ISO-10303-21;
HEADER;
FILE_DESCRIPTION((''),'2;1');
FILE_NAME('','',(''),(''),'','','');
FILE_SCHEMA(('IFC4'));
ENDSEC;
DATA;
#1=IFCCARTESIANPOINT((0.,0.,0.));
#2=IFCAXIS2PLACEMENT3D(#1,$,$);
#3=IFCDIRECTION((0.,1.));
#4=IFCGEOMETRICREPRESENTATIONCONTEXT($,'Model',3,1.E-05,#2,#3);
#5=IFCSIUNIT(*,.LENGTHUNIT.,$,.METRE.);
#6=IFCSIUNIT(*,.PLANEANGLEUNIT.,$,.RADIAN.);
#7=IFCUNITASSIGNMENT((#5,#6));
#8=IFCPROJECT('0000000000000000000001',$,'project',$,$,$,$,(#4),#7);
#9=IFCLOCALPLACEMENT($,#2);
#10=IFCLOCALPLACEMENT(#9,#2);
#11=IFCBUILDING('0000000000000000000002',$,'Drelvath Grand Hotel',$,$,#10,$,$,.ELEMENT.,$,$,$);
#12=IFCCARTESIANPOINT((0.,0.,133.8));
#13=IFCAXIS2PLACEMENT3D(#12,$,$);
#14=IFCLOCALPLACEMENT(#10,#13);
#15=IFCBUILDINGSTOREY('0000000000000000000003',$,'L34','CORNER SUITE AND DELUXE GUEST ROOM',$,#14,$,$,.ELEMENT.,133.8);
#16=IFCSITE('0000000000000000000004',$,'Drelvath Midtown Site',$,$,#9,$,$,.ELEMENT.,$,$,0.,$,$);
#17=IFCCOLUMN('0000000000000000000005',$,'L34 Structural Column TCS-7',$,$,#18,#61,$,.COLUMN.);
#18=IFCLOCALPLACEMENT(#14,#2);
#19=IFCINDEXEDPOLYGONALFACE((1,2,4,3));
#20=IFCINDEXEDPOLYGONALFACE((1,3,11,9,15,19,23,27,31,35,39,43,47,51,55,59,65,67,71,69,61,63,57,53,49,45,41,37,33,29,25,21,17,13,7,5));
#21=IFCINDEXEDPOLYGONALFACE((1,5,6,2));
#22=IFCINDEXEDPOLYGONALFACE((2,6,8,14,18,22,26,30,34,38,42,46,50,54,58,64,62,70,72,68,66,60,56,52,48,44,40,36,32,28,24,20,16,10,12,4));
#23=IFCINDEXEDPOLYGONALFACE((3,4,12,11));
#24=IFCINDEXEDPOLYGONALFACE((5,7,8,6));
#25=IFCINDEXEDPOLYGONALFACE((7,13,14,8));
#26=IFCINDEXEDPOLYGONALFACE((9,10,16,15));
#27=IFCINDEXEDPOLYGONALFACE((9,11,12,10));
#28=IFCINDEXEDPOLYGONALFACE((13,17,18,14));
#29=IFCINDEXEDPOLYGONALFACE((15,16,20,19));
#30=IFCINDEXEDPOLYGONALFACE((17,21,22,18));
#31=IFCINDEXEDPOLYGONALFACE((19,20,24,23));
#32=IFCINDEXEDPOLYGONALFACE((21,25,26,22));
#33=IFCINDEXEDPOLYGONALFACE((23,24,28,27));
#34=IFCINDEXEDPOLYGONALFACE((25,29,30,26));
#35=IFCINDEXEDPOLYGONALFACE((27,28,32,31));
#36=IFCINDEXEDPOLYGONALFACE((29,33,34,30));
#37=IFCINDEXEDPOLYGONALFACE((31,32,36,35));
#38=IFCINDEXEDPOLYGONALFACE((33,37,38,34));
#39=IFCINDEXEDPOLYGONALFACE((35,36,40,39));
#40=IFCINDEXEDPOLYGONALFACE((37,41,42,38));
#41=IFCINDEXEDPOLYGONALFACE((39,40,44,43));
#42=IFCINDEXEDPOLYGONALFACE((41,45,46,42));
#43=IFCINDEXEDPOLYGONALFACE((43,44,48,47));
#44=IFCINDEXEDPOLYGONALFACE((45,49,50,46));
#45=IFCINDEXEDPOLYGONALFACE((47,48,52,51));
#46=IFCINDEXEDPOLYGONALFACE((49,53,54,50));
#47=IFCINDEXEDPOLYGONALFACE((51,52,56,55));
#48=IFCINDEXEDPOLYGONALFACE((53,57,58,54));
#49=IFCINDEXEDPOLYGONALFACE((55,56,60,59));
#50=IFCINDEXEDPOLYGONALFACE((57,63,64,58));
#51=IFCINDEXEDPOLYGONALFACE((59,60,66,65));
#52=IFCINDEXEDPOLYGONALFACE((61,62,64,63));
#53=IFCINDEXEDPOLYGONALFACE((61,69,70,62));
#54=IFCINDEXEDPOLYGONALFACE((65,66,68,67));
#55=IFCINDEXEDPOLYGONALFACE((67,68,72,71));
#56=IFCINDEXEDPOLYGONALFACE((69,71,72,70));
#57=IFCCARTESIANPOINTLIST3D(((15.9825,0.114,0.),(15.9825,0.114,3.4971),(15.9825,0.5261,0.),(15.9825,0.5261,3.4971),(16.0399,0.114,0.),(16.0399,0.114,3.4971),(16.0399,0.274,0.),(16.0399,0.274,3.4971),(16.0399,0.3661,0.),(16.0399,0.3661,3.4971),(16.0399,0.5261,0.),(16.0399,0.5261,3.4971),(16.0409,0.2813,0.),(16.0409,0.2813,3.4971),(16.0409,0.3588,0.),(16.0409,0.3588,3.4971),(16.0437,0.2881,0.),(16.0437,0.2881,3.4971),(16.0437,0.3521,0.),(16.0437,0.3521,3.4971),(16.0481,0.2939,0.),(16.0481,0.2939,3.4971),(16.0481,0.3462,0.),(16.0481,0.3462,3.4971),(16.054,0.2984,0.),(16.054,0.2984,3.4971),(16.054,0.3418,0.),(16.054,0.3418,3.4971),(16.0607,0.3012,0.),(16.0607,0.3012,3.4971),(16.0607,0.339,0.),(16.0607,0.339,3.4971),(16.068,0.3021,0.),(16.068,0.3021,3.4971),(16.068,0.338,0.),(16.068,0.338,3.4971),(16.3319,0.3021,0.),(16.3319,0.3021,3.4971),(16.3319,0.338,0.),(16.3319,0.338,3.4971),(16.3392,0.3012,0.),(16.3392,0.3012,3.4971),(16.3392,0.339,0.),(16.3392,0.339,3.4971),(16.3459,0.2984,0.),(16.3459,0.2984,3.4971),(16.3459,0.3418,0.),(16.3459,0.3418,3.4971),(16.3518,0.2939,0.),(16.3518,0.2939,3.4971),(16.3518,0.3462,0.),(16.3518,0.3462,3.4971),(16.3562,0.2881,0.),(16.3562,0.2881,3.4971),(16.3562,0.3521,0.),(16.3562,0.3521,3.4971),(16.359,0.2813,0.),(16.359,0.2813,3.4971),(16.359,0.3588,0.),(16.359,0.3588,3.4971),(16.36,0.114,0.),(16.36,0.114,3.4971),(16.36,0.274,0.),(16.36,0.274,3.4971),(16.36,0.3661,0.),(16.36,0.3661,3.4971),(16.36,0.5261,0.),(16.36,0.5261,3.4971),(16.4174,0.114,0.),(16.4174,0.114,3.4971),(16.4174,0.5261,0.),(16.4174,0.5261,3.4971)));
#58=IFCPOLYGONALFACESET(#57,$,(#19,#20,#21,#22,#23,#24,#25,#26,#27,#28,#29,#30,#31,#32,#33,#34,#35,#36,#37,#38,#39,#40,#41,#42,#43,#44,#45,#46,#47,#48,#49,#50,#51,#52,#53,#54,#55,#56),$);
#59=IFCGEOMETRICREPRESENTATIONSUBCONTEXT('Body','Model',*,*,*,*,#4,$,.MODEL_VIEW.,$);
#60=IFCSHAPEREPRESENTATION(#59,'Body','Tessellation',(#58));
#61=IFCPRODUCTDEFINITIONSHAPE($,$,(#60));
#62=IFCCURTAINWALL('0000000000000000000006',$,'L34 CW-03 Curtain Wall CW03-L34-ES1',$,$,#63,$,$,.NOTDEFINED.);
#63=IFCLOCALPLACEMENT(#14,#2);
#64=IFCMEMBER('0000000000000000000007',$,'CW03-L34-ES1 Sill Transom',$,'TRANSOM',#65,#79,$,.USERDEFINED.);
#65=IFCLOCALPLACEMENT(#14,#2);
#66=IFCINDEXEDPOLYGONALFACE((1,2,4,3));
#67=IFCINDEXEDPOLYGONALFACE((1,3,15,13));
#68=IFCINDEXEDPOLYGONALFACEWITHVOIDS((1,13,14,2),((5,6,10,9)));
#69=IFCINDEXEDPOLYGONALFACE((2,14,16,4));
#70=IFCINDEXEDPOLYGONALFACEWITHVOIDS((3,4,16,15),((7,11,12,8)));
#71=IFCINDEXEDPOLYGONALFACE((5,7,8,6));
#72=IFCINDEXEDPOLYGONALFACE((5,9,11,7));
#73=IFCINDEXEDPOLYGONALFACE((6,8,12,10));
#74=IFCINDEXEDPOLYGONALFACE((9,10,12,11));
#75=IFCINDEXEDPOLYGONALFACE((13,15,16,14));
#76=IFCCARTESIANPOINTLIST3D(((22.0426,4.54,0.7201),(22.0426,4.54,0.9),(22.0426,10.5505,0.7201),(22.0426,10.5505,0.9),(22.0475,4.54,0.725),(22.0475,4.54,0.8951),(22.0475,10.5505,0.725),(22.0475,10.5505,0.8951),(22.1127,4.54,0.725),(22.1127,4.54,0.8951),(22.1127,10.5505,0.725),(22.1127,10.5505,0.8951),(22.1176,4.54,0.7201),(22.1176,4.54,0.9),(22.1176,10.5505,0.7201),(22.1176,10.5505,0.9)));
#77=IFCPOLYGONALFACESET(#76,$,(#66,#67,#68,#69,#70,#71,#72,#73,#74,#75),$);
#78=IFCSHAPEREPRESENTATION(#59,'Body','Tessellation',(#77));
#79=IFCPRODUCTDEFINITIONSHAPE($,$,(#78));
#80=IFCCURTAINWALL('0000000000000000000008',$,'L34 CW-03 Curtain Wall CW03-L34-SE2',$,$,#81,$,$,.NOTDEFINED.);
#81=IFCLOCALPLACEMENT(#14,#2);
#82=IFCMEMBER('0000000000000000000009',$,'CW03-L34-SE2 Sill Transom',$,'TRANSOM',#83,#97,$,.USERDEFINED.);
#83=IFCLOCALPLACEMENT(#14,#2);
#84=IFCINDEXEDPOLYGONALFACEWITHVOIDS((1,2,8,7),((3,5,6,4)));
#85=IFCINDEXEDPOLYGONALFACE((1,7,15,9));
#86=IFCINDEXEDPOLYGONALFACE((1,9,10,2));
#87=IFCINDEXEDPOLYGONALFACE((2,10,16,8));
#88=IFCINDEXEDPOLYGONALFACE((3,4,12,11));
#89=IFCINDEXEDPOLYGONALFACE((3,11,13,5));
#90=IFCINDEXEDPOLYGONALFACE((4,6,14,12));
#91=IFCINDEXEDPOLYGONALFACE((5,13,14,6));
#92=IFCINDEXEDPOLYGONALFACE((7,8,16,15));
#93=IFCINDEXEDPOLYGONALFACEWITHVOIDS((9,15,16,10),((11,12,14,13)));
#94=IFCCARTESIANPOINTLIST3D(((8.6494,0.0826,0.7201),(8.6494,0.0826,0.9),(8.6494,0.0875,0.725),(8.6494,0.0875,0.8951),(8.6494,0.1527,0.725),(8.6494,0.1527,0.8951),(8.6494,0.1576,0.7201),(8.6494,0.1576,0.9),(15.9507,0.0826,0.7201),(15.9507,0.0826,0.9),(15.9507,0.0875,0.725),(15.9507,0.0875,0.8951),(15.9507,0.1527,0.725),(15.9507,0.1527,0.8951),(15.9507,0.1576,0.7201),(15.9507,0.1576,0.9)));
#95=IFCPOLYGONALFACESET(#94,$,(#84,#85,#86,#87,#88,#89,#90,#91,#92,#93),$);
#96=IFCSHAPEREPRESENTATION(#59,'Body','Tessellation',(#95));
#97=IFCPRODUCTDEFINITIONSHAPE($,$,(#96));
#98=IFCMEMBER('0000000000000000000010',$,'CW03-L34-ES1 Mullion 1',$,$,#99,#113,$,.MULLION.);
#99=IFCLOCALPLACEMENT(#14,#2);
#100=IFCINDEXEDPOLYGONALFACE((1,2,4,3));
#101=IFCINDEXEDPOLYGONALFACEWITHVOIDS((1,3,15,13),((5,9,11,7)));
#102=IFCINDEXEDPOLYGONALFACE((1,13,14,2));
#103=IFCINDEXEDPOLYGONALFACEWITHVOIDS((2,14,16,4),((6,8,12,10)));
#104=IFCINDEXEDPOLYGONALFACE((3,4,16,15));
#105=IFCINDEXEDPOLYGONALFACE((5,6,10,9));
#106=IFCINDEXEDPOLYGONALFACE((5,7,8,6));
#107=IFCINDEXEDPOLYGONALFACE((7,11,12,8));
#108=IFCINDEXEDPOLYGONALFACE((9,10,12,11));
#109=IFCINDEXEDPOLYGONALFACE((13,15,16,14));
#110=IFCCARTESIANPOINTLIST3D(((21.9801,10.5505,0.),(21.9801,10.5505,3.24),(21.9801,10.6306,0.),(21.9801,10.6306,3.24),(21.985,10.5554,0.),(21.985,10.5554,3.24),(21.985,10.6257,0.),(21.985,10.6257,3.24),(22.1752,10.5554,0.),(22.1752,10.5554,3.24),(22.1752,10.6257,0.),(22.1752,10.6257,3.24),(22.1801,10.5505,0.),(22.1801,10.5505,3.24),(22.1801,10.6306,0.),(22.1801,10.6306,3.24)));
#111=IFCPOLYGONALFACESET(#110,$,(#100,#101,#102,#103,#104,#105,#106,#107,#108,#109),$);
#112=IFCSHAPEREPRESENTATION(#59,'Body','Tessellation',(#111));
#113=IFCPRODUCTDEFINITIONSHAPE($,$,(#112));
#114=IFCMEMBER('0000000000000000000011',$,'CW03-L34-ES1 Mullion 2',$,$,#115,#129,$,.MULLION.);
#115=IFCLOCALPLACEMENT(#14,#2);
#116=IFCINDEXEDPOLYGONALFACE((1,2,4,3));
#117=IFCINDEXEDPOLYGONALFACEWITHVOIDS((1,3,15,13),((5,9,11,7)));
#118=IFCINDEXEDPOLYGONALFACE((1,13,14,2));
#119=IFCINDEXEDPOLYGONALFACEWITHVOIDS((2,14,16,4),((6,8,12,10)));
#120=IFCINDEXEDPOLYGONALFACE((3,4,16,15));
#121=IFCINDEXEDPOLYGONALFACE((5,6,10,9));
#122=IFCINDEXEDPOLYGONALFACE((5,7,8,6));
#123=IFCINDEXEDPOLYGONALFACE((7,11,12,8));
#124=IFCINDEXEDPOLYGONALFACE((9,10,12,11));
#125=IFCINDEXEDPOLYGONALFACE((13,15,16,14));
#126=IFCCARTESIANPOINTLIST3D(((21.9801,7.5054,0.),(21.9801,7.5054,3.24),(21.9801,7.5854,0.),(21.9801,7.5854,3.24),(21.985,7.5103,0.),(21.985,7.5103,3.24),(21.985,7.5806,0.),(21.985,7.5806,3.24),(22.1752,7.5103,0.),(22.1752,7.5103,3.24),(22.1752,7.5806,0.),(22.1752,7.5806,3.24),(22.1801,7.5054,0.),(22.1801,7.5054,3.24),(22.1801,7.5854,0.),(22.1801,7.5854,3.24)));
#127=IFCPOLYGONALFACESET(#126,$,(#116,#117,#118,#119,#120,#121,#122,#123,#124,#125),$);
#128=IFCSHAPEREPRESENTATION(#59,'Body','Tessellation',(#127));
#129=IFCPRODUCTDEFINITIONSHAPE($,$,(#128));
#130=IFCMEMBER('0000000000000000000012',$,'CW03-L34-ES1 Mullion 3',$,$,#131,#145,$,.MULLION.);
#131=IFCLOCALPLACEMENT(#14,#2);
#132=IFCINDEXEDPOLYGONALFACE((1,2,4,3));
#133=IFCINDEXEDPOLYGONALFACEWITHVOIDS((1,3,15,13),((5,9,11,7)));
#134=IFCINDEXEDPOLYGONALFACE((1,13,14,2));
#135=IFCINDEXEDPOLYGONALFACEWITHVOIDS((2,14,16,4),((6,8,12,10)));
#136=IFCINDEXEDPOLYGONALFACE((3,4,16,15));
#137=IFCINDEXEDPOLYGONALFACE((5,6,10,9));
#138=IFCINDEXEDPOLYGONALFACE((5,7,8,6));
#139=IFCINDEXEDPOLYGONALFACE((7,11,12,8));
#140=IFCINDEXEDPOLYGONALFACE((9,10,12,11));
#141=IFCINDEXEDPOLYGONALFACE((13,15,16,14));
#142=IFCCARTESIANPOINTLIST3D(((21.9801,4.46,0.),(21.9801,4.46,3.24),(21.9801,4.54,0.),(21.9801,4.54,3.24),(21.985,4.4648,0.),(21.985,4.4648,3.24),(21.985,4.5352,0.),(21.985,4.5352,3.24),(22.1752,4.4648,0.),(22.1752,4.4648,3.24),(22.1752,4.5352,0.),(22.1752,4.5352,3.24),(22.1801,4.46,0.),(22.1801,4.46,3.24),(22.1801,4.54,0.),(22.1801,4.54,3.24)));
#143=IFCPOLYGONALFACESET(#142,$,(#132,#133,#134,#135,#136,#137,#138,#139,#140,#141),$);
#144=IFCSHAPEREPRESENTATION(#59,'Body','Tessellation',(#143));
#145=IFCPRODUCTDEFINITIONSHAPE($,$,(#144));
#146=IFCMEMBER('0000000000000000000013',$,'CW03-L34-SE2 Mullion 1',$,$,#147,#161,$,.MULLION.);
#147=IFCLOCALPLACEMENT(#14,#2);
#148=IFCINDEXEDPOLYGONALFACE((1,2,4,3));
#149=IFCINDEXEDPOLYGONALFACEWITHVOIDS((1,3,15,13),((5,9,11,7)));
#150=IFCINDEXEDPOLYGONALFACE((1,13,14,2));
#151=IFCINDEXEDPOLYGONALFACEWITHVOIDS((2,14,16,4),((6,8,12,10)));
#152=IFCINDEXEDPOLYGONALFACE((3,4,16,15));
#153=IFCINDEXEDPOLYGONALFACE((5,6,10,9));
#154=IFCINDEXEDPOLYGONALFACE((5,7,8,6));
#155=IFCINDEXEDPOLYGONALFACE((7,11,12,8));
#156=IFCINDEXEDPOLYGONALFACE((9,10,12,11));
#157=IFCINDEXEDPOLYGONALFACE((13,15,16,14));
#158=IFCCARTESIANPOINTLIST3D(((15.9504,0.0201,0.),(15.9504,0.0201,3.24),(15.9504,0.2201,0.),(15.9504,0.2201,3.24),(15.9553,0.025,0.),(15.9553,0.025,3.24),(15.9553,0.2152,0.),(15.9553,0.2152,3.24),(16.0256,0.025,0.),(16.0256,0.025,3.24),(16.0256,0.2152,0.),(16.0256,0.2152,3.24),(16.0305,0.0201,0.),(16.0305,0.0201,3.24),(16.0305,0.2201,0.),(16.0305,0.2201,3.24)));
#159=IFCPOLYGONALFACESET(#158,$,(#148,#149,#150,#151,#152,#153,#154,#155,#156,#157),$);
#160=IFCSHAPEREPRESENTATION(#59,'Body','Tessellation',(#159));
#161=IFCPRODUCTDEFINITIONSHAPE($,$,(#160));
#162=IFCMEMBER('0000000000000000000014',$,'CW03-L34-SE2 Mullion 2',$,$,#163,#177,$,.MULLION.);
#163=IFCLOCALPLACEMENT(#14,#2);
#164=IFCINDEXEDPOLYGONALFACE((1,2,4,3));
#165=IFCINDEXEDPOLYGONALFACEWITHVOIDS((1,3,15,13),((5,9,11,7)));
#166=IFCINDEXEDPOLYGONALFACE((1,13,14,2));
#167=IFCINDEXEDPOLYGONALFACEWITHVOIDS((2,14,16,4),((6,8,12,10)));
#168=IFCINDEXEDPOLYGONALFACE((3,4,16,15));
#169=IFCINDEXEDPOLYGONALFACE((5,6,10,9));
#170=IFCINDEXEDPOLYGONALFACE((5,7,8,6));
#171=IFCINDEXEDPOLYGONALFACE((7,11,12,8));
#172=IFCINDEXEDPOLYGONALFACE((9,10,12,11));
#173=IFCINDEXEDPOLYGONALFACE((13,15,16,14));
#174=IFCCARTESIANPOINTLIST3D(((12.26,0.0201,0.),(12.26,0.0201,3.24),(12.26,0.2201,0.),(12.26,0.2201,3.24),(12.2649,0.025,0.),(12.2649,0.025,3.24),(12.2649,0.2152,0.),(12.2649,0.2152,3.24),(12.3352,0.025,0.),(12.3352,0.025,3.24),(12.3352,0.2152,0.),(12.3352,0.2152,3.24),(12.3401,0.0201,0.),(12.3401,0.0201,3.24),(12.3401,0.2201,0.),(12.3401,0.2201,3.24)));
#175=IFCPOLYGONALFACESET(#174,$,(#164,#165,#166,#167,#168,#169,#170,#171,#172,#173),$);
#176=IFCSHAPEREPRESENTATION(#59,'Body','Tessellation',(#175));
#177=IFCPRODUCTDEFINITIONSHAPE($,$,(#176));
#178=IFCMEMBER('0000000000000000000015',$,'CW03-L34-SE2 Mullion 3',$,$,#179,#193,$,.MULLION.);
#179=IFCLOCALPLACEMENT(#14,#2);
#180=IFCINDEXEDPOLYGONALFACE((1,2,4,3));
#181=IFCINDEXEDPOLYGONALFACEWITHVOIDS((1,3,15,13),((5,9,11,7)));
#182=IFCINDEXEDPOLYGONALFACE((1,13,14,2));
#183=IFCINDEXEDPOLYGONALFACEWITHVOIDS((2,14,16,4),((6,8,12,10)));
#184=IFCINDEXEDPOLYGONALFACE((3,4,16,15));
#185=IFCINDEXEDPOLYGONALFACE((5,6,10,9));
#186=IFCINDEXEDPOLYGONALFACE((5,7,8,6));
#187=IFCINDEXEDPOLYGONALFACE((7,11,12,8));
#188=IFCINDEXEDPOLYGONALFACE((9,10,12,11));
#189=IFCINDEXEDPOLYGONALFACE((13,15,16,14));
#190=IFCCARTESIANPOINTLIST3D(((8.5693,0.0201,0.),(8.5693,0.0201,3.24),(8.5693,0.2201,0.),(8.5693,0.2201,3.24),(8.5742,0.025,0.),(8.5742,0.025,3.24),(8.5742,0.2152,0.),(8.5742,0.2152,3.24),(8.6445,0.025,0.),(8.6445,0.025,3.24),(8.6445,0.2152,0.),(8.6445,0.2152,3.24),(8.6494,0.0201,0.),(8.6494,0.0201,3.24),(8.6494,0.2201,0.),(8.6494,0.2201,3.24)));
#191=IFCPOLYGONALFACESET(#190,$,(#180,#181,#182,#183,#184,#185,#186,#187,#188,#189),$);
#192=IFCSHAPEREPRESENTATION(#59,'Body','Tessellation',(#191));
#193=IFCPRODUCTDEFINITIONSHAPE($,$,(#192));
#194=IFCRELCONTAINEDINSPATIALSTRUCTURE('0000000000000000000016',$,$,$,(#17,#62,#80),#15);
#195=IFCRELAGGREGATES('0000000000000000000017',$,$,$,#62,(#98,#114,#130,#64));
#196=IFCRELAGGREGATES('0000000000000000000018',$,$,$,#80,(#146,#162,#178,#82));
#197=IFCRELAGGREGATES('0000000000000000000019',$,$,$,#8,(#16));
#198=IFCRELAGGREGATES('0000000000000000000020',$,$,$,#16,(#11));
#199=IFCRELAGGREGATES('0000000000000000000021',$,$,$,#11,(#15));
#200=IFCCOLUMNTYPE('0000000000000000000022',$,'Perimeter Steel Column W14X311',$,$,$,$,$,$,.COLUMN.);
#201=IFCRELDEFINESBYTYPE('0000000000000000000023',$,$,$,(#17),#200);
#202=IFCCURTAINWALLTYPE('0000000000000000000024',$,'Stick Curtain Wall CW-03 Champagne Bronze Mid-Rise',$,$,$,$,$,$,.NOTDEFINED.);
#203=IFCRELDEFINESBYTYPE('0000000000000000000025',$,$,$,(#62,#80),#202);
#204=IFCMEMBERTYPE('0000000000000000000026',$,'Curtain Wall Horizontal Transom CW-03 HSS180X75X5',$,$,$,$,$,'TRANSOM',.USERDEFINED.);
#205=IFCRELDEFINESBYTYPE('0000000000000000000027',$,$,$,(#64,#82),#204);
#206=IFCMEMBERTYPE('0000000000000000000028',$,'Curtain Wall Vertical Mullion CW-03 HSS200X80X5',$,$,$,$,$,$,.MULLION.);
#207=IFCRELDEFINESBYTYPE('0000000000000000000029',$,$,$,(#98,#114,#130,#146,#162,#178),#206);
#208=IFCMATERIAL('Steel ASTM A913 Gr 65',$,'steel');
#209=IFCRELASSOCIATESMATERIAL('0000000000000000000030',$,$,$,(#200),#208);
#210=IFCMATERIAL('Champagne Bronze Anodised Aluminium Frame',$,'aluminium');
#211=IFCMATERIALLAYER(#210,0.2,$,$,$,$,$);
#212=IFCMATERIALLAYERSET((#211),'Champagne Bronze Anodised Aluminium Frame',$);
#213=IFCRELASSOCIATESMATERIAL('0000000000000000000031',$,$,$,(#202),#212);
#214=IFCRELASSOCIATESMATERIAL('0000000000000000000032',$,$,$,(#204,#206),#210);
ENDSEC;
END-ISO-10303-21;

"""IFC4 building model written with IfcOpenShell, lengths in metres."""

from ifc_helpers import new_model, si_unit, direction, frame, origin, origin_2d, place, context, subcontext, project, spatial, hollow_rectangle, i_section, extrude, material, layer, layer_set, material_profile, profile_set, type_object, element, aggregate, save


model = new_model("IFC4")

# Units and contexts
model_context = context("Model", 3, precision=1e-05, world=origin(), true_north=direction((0.0, 1.0)))
body_context = subcontext(model_context, "Body", "Model", "MODEL_VIEW")
ifc_project = project(units=[si_unit("LENGTHUNIT", "METRE"), si_unit("PLANEANGLEUNIT", "RADIAN")], contexts=[model_context])

# Site, building, storey
site_placement = place(None, origin())
site = spatial("IfcSite", under=ifc_project, at=site_placement, Name="Drelvath Midtown Site", CompositionType="ELEMENT", RefElevation=0.0)
building_placement = place(site_placement, origin())
building = spatial("IfcBuilding", under=site, at=building_placement, Name="Drelvath Grand Hotel", CompositionType="ELEMENT")
storey_placement = place(building_placement, frame((0.0, 0.0, 133.8)))
storey = spatial("IfcBuildingStorey", under=building, at=storey_placement, Name="L34", Description="CORNER SUITE AND DELUXE GUEST ROOM", CompositionType="ELEMENT", Elevation=133.8)

# Column
ifc_material_1 = material(Name="Steel ASTM A913 Gr 65", Category="steel")
ifc_material_profile_1 = material_profile(ifc_material_1, i_section(OverallWidth=0.4121, OverallDepth=0.4348, WebThickness=0.0359, FlangeThickness=0.0574, FilletRadius=0.0281, at=origin_2d()), Name="W14X311")
ifc_profile_set_1 = profile_set([ifc_material_profile_1], Name="Steel ASTM A913 Gr 65")
column_type = type_object("IfcColumnType", Name="Perimeter Steel Column W14X311", PredefinedType="COLUMN", material=ifc_profile_set_1)
column_placement = place(storey_placement, frame((16.2, 0.3201, 0.0), z_axis=(0.0, 0.0, 1.0), x_axis=(0.0, 1.0, 0.0)))
element("IfcColumn", 1, at=column_placement, inside=storey, type_object=column_type, Name="L34 Structural Column TCS-7", PredefinedType="COLUMN", context=body_context, shape_type="SweptSolid", body=[
    extrude(i_section(OverallWidth=0.4121, OverallDepth=0.4348, WebThickness=0.0359, FlangeThickness=0.0574, FilletRadius=0.0281, at=origin_2d()), origin(), (0.0, 0.0, 1.0), 3.4971),
])

# Curtain walls, members
ifc_material_2 = material(Name="Champagne Bronze Anodised Aluminium Frame", Category="aluminium")
ifc_layer_1 = layer(ifc_material_2, 0.2)
ifc_layer_set_1 = layer_set([ifc_layer_1], Name="Champagne Bronze Anodised Aluminium Frame")
curtain_wall_type = type_object("IfcCurtainWallType", Name="Stick Curtain Wall CW-03 Champagne Bronze Mid-Rise", PredefinedType="NOTDEFINED", material=ifc_layer_set_1)
curtain_wall_1_placement = place(storey_placement, origin())
curtain_wall_1 = element("IfcCurtainWall", 2, at=curtain_wall_1_placement, inside=storey, type_object=curtain_wall_type, Name="L34 CW-03 Curtain Wall CW03-L34-ES1", PredefinedType="NOTDEFINED")
ifc_material_profile_2 = material_profile(ifc_material_2, hollow_rectangle(XDim=0.075, YDim=0.1799, WallThickness=0.0049, at=origin_2d()), Name="HSS180X75X5")
ifc_profile_set_2 = profile_set([ifc_material_profile_2], Name="Champagne Bronze Anodised Aluminium Frame")
member_type_1 = type_object("IfcMemberType", Name="Curtain Wall Horizontal Transom CW-03 HSS180X75X5", ElementType="TRANSOM", PredefinedType="USERDEFINED", material=ifc_profile_set_2)
member_1_placement = place(storey_placement, frame((22.0801, 10.5505, 0.8101), z_axis=(0.0, -1.0, 0.0), x_axis=(1.0, 0.0, 0.0)))
member_1 = element("IfcMember", 3, at=member_1_placement, type_object=member_type_1, Name="CW03-L34-ES1 Sill Transom", ObjectType="TRANSOM", PredefinedType="USERDEFINED", context=body_context, shape_type="SweptSolid", body=[
    extrude(hollow_rectangle(XDim=0.075, YDim=0.1799, WallThickness=0.0049, at=origin_2d()), origin(), (0.0, 0.0, 1.0), 6.0105),
])
curtain_wall_2_placement = place(storey_placement, origin())
curtain_wall_2 = element("IfcCurtainWall", 4, at=curtain_wall_2_placement, inside=storey, type_object=curtain_wall_type, Name="L34 CW-03 Curtain Wall CW03-L34-SE2", PredefinedType="NOTDEFINED")
member_2_placement = place(storey_placement, frame((15.9507, 0.1201, 0.8101), z_axis=(-1.0, 0.0, 0.0), x_axis=(0.0, -1.0, 0.0)))
member_2 = element("IfcMember", 5, at=member_2_placement, type_object=member_type_1, Name="CW03-L34-SE2 Sill Transom", ObjectType="TRANSOM", PredefinedType="USERDEFINED", context=body_context, shape_type="SweptSolid", body=[
    extrude(hollow_rectangle(XDim=0.075, YDim=0.1799, WallThickness=0.0049, at=origin_2d()), origin(), (0.0, 0.0, 1.0), 7.3013),
])

# Members
ifc_material_profile_3 = material_profile(ifc_material_2, hollow_rectangle(XDim=0.0801, YDim=0.2, WallThickness=0.0049, at=origin_2d()), Name="HSS200X80X5")
ifc_profile_set_3 = profile_set([ifc_material_profile_3], Name="Champagne Bronze Anodised Aluminium Frame")
member_type_2 = type_object("IfcMemberType", Name="Curtain Wall Vertical Mullion CW-03 HSS200X80X5", PredefinedType="MULLION", material=ifc_profile_set_3)
member_3_placement = place(storey_placement, frame((22.0801, 10.5906, 0.0), z_axis=(0.0, 0.0, 1.0), x_axis=(0.0, 1.0, 0.0)))
member_3 = element("IfcMember", 6, at=member_3_placement, type_object=member_type_2, Name="CW03-L34-ES1 Mullion 1", PredefinedType="MULLION", context=body_context, shape_type="SweptSolid", body=[
    extrude(hollow_rectangle(XDim=0.0801, YDim=0.2, WallThickness=0.0049, at=origin_2d()), origin(), (0.0, 0.0, 1.0), 3.24),
])
member_4_placement = place(storey_placement, frame((22.0801, 7.5454, 0.0), z_axis=(0.0, 0.0, 1.0), x_axis=(0.0, 1.0, 0.0)))
member_4 = element("IfcMember", 7, at=member_4_placement, type_object=member_type_2, Name="CW03-L34-ES1 Mullion 2", PredefinedType="MULLION", context=body_context, shape_type="SweptSolid", body=[
    extrude(hollow_rectangle(XDim=0.0801, YDim=0.2, WallThickness=0.0049, at=origin_2d()), origin(), (0.0, 0.0, 1.0), 3.24),
])
member_5_placement = place(storey_placement, frame((22.0801, 4.5, 0.0), z_axis=(0.0, 0.0, 1.0), x_axis=(0.0, 1.0, 0.0)))
member_5 = element("IfcMember", 8, at=member_5_placement, type_object=member_type_2, Name="CW03-L34-ES1 Mullion 3", PredefinedType="MULLION", context=body_context, shape_type="SweptSolid", body=[
    extrude(hollow_rectangle(XDim=0.0801, YDim=0.2, WallThickness=0.0049, at=origin_2d()), origin(), (0.0, 0.0, 1.0), 3.24),
])
member_6_placement = place(storey_placement, frame((15.9905, 0.1201, 0.0), z_axis=(0.0, 0.0, 1.0), x_axis=(1.0, 0.0, 0.0)))
member_6 = element("IfcMember", 9, at=member_6_placement, type_object=member_type_2, Name="CW03-L34-SE2 Mullion 1", PredefinedType="MULLION", context=body_context, shape_type="SweptSolid", body=[
    extrude(hollow_rectangle(XDim=0.0801, YDim=0.2, WallThickness=0.0049, at=origin_2d()), origin(), (0.0, 0.0, 1.0), 3.24),
])
member_7_placement = place(storey_placement, frame((12.3, 0.1201, 0.0), z_axis=(0.0, 0.0, 1.0), x_axis=(1.0, 0.0, 0.0)))
member_7 = element("IfcMember", 10, at=member_7_placement, type_object=member_type_2, Name="CW03-L34-SE2 Mullion 2", PredefinedType="MULLION", context=body_context, shape_type="SweptSolid", body=[
    extrude(hollow_rectangle(XDim=0.0801, YDim=0.2, WallThickness=0.0049, at=origin_2d()), origin(), (0.0, 0.0, 1.0), 3.24),
])
member_8_placement = place(storey_placement, frame((8.6094, 0.1201, 0.0), z_axis=(0.0, 0.0, 1.0), x_axis=(1.0, 0.0, 0.0)))
member_8 = element("IfcMember", 11, at=member_8_placement, type_object=member_type_2, Name="CW03-L34-SE2 Mullion 3", PredefinedType="MULLION", context=body_context, shape_type="SweptSolid", body=[
    extrude(hollow_rectangle(XDim=0.0801, YDim=0.2, WallThickness=0.0049, at=origin_2d()), origin(), (0.0, 0.0, 1.0), 3.24),
])

aggregate(curtain_wall_1, [member_3, member_4, member_5, member_1])
aggregate(curtain_wall_2, [member_6, member_7, member_8, member_2])

save(model, "model.ifc")
